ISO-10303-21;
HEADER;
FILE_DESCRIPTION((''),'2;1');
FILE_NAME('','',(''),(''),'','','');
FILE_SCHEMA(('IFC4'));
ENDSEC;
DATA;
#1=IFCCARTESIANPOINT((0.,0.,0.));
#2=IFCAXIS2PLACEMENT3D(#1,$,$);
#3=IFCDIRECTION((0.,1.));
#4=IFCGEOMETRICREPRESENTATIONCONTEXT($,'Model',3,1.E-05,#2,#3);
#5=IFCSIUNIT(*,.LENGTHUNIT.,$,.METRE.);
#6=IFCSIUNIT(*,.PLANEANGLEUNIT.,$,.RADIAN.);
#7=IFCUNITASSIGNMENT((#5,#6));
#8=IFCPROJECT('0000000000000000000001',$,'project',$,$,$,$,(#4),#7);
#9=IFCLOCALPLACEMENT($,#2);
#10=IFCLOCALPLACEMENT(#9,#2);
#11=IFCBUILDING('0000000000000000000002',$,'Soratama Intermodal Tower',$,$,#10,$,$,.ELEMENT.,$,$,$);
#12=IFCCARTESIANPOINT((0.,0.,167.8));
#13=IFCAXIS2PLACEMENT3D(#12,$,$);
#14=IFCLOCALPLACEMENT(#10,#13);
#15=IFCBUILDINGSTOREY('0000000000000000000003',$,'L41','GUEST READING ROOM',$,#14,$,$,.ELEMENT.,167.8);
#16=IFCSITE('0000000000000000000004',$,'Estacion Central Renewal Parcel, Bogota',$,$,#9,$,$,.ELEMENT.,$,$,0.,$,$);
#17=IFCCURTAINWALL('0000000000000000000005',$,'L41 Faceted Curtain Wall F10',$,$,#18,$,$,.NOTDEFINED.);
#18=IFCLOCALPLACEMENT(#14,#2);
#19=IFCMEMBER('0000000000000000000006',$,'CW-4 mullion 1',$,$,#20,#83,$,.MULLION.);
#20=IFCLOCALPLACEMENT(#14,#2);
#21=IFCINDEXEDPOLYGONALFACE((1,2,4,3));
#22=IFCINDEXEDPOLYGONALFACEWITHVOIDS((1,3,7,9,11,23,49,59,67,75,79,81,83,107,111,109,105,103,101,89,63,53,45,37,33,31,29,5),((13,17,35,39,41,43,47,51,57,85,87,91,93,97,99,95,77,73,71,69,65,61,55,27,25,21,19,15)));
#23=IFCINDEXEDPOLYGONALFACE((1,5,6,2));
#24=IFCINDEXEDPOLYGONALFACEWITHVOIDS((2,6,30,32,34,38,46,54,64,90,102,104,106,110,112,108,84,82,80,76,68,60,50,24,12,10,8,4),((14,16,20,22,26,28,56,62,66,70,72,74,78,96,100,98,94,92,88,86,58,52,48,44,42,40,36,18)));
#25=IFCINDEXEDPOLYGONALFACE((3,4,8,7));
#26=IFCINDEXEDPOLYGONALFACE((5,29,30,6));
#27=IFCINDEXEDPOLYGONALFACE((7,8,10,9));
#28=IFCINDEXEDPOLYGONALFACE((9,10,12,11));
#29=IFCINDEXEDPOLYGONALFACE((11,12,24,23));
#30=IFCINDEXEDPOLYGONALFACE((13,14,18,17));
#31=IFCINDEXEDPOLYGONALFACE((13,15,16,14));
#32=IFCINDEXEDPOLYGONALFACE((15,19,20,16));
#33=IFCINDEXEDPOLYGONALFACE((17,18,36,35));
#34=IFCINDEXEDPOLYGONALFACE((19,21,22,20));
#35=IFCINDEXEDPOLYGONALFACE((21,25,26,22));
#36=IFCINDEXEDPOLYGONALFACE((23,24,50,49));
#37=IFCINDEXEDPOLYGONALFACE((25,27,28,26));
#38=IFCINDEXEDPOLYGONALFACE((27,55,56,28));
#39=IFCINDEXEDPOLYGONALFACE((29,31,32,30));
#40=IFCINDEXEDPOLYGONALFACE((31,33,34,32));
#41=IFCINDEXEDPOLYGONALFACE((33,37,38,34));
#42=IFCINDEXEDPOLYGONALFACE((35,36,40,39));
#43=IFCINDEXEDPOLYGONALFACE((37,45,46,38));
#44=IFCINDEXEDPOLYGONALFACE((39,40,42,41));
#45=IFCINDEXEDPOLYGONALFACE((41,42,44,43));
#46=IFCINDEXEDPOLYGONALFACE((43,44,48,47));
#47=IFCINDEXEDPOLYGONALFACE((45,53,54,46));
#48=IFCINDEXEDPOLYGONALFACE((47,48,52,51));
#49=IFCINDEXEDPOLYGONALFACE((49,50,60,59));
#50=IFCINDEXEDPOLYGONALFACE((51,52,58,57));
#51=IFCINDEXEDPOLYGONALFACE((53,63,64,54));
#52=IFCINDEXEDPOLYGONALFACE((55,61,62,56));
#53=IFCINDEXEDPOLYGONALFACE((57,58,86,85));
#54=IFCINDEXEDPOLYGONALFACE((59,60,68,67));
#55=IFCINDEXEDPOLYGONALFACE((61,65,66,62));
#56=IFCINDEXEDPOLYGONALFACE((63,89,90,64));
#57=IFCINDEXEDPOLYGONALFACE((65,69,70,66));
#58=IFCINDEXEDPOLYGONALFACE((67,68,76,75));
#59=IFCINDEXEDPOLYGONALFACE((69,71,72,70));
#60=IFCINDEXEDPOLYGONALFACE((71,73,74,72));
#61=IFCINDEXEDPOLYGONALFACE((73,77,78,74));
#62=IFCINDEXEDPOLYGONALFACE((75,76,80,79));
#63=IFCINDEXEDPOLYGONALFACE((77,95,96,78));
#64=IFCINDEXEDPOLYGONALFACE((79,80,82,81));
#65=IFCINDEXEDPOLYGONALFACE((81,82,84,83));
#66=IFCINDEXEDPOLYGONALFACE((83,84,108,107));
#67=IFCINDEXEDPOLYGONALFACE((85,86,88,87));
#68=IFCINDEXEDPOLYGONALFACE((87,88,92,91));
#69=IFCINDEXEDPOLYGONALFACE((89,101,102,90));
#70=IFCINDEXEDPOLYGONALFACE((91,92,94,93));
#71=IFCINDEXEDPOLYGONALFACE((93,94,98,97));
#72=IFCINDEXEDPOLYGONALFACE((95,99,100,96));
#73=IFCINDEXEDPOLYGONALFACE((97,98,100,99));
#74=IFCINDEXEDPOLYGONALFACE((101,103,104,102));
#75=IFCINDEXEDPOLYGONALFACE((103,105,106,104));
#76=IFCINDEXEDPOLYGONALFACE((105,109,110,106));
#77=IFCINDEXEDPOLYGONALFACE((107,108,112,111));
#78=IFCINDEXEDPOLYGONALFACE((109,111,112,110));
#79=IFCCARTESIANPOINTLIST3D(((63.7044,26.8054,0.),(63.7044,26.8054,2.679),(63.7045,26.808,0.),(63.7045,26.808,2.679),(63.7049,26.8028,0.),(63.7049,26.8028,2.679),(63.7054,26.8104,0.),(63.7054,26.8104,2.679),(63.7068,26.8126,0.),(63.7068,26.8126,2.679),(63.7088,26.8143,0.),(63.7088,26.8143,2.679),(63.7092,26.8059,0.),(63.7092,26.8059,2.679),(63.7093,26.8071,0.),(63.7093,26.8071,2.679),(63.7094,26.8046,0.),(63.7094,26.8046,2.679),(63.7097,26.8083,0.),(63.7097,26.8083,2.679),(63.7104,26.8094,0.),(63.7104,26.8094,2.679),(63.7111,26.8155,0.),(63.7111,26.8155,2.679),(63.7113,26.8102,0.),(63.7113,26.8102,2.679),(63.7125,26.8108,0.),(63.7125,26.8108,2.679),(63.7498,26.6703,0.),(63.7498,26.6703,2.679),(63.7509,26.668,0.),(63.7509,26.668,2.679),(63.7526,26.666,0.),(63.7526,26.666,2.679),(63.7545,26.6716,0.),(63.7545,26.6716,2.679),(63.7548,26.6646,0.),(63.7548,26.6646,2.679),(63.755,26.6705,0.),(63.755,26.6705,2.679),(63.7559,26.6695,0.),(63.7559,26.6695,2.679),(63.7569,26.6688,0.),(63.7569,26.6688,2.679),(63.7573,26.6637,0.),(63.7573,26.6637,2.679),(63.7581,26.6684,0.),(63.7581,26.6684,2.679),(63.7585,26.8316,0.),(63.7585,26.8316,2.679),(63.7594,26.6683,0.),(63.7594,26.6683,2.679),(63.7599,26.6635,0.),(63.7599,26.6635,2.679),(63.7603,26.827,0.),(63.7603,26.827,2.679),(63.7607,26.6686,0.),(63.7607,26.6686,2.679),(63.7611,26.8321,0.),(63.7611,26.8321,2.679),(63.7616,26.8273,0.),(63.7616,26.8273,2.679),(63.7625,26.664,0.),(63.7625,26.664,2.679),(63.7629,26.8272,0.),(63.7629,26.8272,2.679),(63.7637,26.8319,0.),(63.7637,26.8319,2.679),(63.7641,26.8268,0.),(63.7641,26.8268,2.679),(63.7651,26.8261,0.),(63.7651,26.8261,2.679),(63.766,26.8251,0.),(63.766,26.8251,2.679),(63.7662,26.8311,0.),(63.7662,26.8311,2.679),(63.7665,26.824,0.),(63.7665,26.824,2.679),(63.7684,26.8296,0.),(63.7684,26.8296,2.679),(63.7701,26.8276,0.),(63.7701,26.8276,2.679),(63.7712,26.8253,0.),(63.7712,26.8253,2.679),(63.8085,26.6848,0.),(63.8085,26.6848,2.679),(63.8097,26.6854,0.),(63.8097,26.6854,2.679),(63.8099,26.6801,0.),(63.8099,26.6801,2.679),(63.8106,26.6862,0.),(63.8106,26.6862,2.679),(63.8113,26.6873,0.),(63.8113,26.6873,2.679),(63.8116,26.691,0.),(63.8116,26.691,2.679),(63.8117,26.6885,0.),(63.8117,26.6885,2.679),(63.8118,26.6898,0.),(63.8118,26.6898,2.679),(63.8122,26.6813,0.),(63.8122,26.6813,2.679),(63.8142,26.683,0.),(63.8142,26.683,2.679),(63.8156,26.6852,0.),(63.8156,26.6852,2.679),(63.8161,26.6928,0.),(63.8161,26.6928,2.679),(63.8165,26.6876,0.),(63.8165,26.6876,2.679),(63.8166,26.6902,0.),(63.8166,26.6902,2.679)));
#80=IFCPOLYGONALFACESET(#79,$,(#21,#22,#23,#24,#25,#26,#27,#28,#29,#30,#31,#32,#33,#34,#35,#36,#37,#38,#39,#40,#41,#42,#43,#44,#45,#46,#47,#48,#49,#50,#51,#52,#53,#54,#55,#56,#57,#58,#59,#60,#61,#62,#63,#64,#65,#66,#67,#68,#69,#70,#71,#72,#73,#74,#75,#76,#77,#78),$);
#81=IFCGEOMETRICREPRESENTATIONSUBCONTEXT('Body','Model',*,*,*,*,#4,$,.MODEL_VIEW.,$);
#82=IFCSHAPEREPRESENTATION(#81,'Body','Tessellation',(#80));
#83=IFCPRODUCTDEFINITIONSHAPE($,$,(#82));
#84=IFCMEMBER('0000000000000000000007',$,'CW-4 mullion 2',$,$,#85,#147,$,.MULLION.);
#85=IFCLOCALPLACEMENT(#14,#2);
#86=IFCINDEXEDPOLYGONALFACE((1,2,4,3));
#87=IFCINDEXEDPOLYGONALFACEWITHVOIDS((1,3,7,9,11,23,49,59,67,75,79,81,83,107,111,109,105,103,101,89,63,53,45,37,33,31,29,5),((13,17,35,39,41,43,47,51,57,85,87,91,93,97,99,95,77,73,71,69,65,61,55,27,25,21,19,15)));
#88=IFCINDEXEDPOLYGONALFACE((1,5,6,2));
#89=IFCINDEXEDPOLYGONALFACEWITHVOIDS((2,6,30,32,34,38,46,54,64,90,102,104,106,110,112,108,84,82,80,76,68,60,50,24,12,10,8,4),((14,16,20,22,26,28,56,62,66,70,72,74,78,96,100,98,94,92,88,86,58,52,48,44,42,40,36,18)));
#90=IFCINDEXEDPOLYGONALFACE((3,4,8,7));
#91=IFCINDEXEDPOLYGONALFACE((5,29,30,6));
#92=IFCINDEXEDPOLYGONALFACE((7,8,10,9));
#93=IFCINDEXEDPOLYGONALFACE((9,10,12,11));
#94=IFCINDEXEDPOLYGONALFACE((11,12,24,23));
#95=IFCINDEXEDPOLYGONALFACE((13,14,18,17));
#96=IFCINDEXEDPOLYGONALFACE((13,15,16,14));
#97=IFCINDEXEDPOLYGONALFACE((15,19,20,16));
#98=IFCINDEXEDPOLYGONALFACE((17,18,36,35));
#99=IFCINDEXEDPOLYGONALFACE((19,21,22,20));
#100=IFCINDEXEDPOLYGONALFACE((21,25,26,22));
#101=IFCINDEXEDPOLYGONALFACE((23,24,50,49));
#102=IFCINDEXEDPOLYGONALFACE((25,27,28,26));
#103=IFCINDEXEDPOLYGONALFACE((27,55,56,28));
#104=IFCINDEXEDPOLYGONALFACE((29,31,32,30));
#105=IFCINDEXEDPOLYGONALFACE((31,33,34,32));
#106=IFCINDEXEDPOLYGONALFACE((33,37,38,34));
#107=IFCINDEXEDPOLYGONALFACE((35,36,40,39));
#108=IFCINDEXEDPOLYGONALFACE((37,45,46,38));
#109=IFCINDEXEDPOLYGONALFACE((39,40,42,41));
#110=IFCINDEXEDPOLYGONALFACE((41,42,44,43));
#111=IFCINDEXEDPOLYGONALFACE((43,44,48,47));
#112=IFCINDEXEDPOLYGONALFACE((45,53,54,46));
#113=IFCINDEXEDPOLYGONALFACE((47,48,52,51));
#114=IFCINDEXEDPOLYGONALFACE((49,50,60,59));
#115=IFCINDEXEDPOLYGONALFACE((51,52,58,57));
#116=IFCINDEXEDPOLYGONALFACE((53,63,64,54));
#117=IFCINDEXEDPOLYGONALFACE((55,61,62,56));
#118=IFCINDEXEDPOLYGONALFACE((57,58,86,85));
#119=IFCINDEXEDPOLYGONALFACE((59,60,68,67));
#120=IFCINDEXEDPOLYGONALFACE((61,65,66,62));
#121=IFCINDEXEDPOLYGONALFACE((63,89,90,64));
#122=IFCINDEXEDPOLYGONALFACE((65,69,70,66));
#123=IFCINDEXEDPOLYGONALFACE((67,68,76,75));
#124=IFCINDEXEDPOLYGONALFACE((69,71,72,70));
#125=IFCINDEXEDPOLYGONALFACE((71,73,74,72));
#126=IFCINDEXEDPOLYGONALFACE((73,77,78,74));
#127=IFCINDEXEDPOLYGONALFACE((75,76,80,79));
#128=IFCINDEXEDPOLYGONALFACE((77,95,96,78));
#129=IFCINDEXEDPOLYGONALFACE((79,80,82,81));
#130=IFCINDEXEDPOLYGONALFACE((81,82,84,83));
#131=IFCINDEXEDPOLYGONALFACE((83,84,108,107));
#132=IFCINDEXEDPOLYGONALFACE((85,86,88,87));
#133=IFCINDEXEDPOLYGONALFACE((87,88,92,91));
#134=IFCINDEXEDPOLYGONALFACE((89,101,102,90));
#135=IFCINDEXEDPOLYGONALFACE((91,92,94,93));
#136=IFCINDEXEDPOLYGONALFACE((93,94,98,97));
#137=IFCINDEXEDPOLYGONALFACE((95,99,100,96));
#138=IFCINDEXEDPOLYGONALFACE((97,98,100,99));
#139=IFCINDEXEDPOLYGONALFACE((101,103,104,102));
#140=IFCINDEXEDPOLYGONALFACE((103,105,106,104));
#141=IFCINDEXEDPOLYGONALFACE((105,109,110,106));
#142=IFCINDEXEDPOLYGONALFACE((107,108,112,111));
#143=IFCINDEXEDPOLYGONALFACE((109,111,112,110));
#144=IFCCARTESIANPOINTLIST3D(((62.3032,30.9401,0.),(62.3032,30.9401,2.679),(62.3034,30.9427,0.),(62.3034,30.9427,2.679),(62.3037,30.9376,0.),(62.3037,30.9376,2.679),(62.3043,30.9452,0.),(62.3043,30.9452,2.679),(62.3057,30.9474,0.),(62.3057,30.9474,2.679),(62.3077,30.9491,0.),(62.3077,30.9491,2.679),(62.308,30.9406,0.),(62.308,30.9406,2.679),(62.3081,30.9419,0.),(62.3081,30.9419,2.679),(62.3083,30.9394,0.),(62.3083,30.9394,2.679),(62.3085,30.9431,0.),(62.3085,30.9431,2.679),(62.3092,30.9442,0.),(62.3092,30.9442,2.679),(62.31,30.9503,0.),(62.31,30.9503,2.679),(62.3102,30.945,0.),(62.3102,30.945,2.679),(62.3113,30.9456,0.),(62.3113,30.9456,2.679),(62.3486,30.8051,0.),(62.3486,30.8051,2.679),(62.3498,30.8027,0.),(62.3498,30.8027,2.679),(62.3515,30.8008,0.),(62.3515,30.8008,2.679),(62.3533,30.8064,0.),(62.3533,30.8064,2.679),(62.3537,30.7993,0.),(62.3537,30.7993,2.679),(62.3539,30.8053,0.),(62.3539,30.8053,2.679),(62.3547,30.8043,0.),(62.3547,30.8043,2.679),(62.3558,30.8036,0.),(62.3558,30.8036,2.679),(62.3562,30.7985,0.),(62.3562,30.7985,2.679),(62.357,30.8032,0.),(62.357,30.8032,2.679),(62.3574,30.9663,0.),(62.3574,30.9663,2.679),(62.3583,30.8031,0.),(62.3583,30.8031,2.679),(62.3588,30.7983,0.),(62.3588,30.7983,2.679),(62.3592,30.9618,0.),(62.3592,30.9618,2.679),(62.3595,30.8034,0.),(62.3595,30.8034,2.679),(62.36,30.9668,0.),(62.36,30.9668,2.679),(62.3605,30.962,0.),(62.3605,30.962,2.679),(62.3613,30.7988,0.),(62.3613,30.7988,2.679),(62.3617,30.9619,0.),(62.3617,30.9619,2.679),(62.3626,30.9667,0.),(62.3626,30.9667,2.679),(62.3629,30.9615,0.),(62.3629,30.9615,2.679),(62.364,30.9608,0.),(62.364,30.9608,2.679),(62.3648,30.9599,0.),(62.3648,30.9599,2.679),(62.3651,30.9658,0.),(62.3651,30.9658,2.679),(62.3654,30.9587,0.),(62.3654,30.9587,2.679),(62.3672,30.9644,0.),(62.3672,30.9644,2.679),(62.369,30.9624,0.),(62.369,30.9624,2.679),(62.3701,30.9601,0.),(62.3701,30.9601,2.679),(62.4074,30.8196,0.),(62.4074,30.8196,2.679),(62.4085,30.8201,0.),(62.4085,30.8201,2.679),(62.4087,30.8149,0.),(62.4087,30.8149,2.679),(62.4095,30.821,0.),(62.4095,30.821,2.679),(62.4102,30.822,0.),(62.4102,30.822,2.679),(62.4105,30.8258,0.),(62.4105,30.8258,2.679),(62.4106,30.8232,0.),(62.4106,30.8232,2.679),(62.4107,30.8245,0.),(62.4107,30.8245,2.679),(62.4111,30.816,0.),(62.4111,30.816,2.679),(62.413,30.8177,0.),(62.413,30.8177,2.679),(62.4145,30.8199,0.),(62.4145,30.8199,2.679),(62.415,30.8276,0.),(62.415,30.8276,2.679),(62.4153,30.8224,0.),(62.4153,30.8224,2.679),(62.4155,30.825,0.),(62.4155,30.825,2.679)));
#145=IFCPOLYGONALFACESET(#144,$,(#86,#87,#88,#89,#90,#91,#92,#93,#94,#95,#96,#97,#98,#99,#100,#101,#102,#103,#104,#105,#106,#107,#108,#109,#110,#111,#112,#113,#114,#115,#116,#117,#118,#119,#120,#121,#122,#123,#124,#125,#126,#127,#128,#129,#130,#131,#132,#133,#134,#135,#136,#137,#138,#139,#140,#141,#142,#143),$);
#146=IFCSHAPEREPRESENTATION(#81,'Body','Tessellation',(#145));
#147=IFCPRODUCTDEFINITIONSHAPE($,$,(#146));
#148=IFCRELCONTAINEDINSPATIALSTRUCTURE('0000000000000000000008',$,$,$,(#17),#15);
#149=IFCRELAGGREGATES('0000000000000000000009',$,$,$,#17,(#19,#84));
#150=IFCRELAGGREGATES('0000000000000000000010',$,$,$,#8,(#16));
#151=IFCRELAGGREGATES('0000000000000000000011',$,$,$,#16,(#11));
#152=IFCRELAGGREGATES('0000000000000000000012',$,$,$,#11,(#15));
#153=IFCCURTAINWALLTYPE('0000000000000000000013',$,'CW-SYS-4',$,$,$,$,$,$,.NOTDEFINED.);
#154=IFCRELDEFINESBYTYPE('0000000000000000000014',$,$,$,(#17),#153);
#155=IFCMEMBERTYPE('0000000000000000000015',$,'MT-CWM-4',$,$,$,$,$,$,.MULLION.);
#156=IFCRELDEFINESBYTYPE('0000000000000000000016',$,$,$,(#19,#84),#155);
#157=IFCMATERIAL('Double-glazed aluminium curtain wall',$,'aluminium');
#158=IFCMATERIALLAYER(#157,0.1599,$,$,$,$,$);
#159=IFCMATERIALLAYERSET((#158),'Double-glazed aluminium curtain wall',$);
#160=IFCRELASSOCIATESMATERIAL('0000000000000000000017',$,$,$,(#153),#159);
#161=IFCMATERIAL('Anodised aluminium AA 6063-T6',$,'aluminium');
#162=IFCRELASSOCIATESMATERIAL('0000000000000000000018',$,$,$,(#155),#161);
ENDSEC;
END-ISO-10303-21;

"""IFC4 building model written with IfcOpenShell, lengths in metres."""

from ifc_helpers import new_model, si_unit, direction, frame, origin, origin_2d, place, context, subcontext, project, spatial, hollow_rectangle, extrude, material, layer, layer_set, material_profile, profile_set, type_object, element, aggregate, save


model = new_model("IFC4")

# Units and contexts
model_context = context("Model", 3, precision=1e-05, world=origin(), true_north=direction((0.0, 1.0)))
body_context = subcontext(model_context, "Body", "Model", "MODEL_VIEW")
ifc_project = project(units=[si_unit("LENGTHUNIT", "METRE"), si_unit("PLANEANGLEUNIT", "RADIAN")], contexts=[model_context])

# Site, building, storey
site_placement = place(None, origin())
site = spatial("IfcSite", under=ifc_project, at=site_placement, Name="Estacion Central Renewal Parcel, Bogota", CompositionType="ELEMENT", RefElevation=0.0)
building_placement = place(site_placement, origin())
building = spatial("IfcBuilding", under=site, at=building_placement, Name="Soratama Intermodal Tower", CompositionType="ELEMENT")
storey_placement = place(building_placement, frame((0.0, 0.0, 167.8)))
storey = spatial("IfcBuildingStorey", under=building, at=storey_placement, Name="L41", Description="GUEST READING ROOM", CompositionType="ELEMENT", Elevation=167.8)

# Curtain wall, members
ifc_material_1 = material(Name="Double-glazed aluminium curtain wall", Category="aluminium")
ifc_layer_1 = layer(ifc_material_1, 0.1599)
ifc_layer_set_1 = layer_set([ifc_layer_1], Name="Double-glazed aluminium curtain wall")
curtain_wall_type = type_object("IfcCurtainWallType", Name="CW-SYS-4", PredefinedType="NOTDEFINED", material=ifc_layer_set_1)
curtain_wall_placement = place(storey_placement, origin())
curtain_wall = element("IfcCurtainWall", 1, at=curtain_wall_placement, inside=storey, type_object=curtain_wall_type, Name="L41 Faceted Curtain Wall F10", PredefinedType="NOTDEFINED")
ifc_material_2 = material(Name="Anodised aluminium AA 6063-T6", Category="aluminium")
ifc_material_profile_1 = material_profile(ifc_material_2, hollow_rectangle(XDim=0.0701, YDim=0.1599, WallThickness=0.0049, InnerFilletRadius=0.0049, OuterFilletRadius=0.01, at=origin_2d()), Name="CWM160X70X5")
ifc_profile_set_1 = profile_set([ifc_material_profile_1], Name="Anodised aluminium AA 6063-T6")
member_type_1 = type_object("IfcMemberType", Name="MT-CWM-4", PredefinedType="MULLION", material=ifc_profile_set_1)
member_1_placement = place(storey_placement, frame((63.7605, 26.7478, 0.0), z_axis=(0.0, 0.0, 1.0), x_axis=(-0.9471, -0.32094, 0.0)))
member_1 = element("IfcMember", 2, at=member_1_placement, type_object=member_type_1, Name="CW-4 mullion 1", PredefinedType="MULLION", context=body_context, shape_type="SweptSolid", body=[
    extrude(hollow_rectangle(XDim=0.0701, YDim=0.1599, WallThickness=0.0049, InnerFilletRadius=0.0049, OuterFilletRadius=0.01, at=origin_2d()), origin(), (0.0, 0.0, 1.0), 2.679),
])
member_2_placement = place(storey_placement, frame((62.3594, 30.8826, 0.0), z_axis=(0.0, 0.0, 1.0), x_axis=(-0.9471, -0.32094, 0.0)))
member_2 = element("IfcMember", 3, at=member_2_placement, type_object=member_type_1, Name="CW-4 mullion 2", PredefinedType="MULLION", context=body_context, shape_type="SweptSolid", body=[
    extrude(hollow_rectangle(XDim=0.0701, YDim=0.1599, WallThickness=0.0049, InnerFilletRadius=0.0049, OuterFilletRadius=0.01, at=origin_2d()), origin(), (0.0, 0.0, 1.0), 2.679),
])
aggregate(curtain_wall, [member_1, member_2])

save(model, "model.ifc")
